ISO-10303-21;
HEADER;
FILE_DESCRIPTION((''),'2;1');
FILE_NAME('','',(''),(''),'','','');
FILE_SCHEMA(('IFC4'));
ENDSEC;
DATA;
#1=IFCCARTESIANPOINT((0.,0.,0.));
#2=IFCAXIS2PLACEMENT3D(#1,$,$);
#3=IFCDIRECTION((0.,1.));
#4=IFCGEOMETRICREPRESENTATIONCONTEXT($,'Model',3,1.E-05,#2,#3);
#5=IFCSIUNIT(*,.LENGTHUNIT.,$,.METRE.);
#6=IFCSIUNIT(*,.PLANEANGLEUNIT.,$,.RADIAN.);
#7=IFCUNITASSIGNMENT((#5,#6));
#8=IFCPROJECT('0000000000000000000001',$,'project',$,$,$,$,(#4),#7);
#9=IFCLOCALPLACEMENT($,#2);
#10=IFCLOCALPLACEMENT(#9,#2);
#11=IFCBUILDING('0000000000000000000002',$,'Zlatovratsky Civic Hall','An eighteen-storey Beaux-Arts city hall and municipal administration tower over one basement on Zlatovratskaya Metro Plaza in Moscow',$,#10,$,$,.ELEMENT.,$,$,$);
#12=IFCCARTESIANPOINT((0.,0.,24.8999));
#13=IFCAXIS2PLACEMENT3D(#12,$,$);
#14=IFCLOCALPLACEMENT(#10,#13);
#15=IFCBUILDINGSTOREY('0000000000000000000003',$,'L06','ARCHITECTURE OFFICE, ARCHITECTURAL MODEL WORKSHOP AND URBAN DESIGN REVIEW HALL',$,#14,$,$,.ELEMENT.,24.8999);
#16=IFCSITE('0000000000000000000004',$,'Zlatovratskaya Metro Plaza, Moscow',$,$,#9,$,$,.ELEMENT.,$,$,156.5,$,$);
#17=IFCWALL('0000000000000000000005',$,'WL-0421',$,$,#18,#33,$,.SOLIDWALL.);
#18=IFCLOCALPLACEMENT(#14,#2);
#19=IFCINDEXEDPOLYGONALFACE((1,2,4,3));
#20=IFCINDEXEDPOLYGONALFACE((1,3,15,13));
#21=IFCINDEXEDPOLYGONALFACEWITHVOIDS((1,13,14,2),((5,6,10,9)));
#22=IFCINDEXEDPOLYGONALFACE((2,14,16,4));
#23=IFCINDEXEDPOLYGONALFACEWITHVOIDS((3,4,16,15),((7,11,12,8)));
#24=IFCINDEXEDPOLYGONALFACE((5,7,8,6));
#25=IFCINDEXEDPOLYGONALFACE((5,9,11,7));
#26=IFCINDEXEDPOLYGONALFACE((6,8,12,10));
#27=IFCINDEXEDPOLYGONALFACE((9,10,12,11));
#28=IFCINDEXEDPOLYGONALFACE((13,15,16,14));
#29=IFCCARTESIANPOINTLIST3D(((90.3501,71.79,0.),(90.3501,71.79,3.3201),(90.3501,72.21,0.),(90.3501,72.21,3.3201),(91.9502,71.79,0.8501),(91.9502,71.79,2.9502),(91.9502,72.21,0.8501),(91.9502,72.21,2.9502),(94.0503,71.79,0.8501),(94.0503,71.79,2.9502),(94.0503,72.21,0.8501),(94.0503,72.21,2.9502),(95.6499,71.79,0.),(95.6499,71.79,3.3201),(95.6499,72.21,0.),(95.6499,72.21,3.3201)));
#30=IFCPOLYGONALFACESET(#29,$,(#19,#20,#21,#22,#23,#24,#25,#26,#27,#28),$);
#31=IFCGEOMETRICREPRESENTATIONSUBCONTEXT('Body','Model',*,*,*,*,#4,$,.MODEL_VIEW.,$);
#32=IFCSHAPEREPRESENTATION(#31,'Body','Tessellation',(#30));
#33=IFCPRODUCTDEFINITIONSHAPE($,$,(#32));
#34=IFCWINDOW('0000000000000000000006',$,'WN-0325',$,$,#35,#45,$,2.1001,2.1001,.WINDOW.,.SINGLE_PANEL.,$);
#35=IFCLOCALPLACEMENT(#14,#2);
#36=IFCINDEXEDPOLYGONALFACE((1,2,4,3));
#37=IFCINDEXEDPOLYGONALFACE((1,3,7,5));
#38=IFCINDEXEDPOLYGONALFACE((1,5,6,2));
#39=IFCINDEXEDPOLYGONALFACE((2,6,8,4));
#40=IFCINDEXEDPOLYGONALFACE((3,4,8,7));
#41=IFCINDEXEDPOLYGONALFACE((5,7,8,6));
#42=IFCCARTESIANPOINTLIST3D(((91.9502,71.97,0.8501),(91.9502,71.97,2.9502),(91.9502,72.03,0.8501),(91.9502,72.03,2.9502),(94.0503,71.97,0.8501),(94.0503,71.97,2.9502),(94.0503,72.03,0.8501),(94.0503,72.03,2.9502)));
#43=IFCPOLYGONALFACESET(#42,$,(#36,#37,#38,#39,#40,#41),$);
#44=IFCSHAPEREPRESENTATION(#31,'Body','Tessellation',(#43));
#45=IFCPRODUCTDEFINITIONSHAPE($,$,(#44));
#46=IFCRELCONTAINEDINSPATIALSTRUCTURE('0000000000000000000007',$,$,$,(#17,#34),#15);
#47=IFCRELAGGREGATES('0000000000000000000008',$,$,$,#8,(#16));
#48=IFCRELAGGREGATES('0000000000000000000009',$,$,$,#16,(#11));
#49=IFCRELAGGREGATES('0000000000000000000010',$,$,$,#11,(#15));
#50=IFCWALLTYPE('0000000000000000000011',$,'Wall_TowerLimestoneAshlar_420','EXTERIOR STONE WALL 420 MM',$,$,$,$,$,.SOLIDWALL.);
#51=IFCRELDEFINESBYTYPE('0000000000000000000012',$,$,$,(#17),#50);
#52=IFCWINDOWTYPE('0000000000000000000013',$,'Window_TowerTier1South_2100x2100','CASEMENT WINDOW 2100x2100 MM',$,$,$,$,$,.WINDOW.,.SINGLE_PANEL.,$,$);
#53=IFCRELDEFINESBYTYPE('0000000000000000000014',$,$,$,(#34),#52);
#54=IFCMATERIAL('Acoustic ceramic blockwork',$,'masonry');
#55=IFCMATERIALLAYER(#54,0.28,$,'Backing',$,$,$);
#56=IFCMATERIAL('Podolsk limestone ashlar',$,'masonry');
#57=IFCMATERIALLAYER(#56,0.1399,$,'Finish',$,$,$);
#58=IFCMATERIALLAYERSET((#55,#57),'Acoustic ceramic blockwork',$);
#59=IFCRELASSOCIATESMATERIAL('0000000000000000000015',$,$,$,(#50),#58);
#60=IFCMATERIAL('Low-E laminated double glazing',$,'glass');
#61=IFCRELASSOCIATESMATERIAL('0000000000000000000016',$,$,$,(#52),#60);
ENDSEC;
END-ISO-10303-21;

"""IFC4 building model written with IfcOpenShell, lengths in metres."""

from ifc_helpers import new_model, si_unit, direction, frame, frame_2d, origin, place, context, subcontext, project, spatial, rectangle, extrude, material, layer, layer_set, type_object, element, fill, save


model = new_model("IFC4")

# Units and contexts
model_context = context("Model", 3, precision=1e-05, world=origin(), true_north=direction((0.0, 1.0)))
body_context = subcontext(model_context, "Body", "Model", "MODEL_VIEW")
ifc_project = project(units=[si_unit("LENGTHUNIT", "METRE"), si_unit("PLANEANGLEUNIT", "RADIAN")], contexts=[model_context])

# Site, building, storey
site_placement = place(None, origin())
site = spatial("IfcSite", under=ifc_project, at=site_placement, Name="Zlatovratskaya Metro Plaza, Moscow", CompositionType="ELEMENT", RefElevation=156.5)
building_placement = place(site_placement, origin())
building = spatial("IfcBuilding", under=site, at=building_placement, Name="Zlatovratsky Civic Hall", Description="An eighteen-storey Beaux-Arts city hall and municipal administration tower over one basement on Zlatovratskaya Metro Plaza in Moscow", CompositionType="ELEMENT")
storey_placement = place(building_placement, frame((0.0, 0.0, 24.8999)))
storey = spatial("IfcBuildingStorey", under=building, at=storey_placement, Name="L06", Description="ARCHITECTURE OFFICE, ARCHITECTURAL MODEL WORKSHOP AND URBAN DESIGN REVIEW HALL", CompositionType="ELEMENT", Elevation=24.8999)

# Wall, opening, window
ifc_material_1 = material(Name="Acoustic ceramic blockwork", Category="masonry")
ifc_layer_1 = layer(ifc_material_1, 0.28, Name="Backing")
ifc_material_2 = material(Name="Podolsk limestone ashlar", Category="masonry")
ifc_layer_2 = layer(ifc_material_2, 0.1399, Name="Finish")
ifc_layer_set_1 = layer_set([ifc_layer_1, ifc_layer_2], Name="Acoustic ceramic blockwork")
wall_type_1 = type_object("IfcWallType", Name="Wall_TowerLimestoneAshlar_420", Description="EXTERIOR STONE WALL 420 MM", PredefinedType="SOLIDWALL", material=ifc_layer_set_1)
wall_placement = place(storey_placement, frame((90.3501, 72.0, 0.0), z_axis=(0.0, 0.0, 1.0), x_axis=(1.0, 0.0, 0.0)))
wall = element("IfcWall", 1, at=wall_placement, inside=storey, type_object=wall_type_1, Name="WL-0421", PredefinedType="SOLIDWALL", context=body_context, shape_type="SweptSolid", body=[
    extrude(rectangle(XDim=5.2998, YDim=0.4199, at=frame_2d((2.6499, 0.0))), origin(), (0.0, 0.0, 1.0), 3.3201),
])
opening_placement = place(wall_placement, frame((1.6001, 0.0, 0.8501)))
opening = element("IfcOpeningElement", 2, at=opening_placement, cuts=wall, PredefinedType="OPENING", context=body_context, shape_type="SweptSolid", body=[
    extrude(rectangle(XDim=2.1001, YDim=2.1001, at=frame_2d((1.05, 1.05))), frame((0.0, 0.2249, 0.0), z_axis=(0.0, -1.0, 0.0), x_axis=(1.0, 0.0, 0.0)), (0.0, 0.0, 1.0), 0.4497),
])
ifc_material_3 = material(Name="Low-E laminated double glazing", Category="glass")
window_type = type_object("IfcWindowType", Name="Window_TowerTier1South_2100x2100", Description="CASEMENT WINDOW 2100x2100 MM", PartitioningType="SINGLE_PANEL", PredefinedType="WINDOW", material=ifc_material_3)
window_placement = place(opening_placement, origin())
window = element("IfcWindow", 3, at=window_placement, inside=storey, type_object=window_type, Name="WN-0325", OverallHeight=2.1001, OverallWidth=2.1001, PartitioningType="SINGLE_PANEL", PredefinedType="WINDOW", context=body_context, shape_type="SweptSolid", body=[
    extrude(rectangle(XDim=2.1001, YDim=2.1001, at=frame_2d((1.05, 1.05))), frame((0.0, 0.03, 0.0), z_axis=(0.0, -1.0, 0.0), x_axis=(1.0, 0.0, 0.0)), (0.0, 0.0, 1.0), 0.0601),
])
fill(opening, window)

save(model, "model.ifc")
